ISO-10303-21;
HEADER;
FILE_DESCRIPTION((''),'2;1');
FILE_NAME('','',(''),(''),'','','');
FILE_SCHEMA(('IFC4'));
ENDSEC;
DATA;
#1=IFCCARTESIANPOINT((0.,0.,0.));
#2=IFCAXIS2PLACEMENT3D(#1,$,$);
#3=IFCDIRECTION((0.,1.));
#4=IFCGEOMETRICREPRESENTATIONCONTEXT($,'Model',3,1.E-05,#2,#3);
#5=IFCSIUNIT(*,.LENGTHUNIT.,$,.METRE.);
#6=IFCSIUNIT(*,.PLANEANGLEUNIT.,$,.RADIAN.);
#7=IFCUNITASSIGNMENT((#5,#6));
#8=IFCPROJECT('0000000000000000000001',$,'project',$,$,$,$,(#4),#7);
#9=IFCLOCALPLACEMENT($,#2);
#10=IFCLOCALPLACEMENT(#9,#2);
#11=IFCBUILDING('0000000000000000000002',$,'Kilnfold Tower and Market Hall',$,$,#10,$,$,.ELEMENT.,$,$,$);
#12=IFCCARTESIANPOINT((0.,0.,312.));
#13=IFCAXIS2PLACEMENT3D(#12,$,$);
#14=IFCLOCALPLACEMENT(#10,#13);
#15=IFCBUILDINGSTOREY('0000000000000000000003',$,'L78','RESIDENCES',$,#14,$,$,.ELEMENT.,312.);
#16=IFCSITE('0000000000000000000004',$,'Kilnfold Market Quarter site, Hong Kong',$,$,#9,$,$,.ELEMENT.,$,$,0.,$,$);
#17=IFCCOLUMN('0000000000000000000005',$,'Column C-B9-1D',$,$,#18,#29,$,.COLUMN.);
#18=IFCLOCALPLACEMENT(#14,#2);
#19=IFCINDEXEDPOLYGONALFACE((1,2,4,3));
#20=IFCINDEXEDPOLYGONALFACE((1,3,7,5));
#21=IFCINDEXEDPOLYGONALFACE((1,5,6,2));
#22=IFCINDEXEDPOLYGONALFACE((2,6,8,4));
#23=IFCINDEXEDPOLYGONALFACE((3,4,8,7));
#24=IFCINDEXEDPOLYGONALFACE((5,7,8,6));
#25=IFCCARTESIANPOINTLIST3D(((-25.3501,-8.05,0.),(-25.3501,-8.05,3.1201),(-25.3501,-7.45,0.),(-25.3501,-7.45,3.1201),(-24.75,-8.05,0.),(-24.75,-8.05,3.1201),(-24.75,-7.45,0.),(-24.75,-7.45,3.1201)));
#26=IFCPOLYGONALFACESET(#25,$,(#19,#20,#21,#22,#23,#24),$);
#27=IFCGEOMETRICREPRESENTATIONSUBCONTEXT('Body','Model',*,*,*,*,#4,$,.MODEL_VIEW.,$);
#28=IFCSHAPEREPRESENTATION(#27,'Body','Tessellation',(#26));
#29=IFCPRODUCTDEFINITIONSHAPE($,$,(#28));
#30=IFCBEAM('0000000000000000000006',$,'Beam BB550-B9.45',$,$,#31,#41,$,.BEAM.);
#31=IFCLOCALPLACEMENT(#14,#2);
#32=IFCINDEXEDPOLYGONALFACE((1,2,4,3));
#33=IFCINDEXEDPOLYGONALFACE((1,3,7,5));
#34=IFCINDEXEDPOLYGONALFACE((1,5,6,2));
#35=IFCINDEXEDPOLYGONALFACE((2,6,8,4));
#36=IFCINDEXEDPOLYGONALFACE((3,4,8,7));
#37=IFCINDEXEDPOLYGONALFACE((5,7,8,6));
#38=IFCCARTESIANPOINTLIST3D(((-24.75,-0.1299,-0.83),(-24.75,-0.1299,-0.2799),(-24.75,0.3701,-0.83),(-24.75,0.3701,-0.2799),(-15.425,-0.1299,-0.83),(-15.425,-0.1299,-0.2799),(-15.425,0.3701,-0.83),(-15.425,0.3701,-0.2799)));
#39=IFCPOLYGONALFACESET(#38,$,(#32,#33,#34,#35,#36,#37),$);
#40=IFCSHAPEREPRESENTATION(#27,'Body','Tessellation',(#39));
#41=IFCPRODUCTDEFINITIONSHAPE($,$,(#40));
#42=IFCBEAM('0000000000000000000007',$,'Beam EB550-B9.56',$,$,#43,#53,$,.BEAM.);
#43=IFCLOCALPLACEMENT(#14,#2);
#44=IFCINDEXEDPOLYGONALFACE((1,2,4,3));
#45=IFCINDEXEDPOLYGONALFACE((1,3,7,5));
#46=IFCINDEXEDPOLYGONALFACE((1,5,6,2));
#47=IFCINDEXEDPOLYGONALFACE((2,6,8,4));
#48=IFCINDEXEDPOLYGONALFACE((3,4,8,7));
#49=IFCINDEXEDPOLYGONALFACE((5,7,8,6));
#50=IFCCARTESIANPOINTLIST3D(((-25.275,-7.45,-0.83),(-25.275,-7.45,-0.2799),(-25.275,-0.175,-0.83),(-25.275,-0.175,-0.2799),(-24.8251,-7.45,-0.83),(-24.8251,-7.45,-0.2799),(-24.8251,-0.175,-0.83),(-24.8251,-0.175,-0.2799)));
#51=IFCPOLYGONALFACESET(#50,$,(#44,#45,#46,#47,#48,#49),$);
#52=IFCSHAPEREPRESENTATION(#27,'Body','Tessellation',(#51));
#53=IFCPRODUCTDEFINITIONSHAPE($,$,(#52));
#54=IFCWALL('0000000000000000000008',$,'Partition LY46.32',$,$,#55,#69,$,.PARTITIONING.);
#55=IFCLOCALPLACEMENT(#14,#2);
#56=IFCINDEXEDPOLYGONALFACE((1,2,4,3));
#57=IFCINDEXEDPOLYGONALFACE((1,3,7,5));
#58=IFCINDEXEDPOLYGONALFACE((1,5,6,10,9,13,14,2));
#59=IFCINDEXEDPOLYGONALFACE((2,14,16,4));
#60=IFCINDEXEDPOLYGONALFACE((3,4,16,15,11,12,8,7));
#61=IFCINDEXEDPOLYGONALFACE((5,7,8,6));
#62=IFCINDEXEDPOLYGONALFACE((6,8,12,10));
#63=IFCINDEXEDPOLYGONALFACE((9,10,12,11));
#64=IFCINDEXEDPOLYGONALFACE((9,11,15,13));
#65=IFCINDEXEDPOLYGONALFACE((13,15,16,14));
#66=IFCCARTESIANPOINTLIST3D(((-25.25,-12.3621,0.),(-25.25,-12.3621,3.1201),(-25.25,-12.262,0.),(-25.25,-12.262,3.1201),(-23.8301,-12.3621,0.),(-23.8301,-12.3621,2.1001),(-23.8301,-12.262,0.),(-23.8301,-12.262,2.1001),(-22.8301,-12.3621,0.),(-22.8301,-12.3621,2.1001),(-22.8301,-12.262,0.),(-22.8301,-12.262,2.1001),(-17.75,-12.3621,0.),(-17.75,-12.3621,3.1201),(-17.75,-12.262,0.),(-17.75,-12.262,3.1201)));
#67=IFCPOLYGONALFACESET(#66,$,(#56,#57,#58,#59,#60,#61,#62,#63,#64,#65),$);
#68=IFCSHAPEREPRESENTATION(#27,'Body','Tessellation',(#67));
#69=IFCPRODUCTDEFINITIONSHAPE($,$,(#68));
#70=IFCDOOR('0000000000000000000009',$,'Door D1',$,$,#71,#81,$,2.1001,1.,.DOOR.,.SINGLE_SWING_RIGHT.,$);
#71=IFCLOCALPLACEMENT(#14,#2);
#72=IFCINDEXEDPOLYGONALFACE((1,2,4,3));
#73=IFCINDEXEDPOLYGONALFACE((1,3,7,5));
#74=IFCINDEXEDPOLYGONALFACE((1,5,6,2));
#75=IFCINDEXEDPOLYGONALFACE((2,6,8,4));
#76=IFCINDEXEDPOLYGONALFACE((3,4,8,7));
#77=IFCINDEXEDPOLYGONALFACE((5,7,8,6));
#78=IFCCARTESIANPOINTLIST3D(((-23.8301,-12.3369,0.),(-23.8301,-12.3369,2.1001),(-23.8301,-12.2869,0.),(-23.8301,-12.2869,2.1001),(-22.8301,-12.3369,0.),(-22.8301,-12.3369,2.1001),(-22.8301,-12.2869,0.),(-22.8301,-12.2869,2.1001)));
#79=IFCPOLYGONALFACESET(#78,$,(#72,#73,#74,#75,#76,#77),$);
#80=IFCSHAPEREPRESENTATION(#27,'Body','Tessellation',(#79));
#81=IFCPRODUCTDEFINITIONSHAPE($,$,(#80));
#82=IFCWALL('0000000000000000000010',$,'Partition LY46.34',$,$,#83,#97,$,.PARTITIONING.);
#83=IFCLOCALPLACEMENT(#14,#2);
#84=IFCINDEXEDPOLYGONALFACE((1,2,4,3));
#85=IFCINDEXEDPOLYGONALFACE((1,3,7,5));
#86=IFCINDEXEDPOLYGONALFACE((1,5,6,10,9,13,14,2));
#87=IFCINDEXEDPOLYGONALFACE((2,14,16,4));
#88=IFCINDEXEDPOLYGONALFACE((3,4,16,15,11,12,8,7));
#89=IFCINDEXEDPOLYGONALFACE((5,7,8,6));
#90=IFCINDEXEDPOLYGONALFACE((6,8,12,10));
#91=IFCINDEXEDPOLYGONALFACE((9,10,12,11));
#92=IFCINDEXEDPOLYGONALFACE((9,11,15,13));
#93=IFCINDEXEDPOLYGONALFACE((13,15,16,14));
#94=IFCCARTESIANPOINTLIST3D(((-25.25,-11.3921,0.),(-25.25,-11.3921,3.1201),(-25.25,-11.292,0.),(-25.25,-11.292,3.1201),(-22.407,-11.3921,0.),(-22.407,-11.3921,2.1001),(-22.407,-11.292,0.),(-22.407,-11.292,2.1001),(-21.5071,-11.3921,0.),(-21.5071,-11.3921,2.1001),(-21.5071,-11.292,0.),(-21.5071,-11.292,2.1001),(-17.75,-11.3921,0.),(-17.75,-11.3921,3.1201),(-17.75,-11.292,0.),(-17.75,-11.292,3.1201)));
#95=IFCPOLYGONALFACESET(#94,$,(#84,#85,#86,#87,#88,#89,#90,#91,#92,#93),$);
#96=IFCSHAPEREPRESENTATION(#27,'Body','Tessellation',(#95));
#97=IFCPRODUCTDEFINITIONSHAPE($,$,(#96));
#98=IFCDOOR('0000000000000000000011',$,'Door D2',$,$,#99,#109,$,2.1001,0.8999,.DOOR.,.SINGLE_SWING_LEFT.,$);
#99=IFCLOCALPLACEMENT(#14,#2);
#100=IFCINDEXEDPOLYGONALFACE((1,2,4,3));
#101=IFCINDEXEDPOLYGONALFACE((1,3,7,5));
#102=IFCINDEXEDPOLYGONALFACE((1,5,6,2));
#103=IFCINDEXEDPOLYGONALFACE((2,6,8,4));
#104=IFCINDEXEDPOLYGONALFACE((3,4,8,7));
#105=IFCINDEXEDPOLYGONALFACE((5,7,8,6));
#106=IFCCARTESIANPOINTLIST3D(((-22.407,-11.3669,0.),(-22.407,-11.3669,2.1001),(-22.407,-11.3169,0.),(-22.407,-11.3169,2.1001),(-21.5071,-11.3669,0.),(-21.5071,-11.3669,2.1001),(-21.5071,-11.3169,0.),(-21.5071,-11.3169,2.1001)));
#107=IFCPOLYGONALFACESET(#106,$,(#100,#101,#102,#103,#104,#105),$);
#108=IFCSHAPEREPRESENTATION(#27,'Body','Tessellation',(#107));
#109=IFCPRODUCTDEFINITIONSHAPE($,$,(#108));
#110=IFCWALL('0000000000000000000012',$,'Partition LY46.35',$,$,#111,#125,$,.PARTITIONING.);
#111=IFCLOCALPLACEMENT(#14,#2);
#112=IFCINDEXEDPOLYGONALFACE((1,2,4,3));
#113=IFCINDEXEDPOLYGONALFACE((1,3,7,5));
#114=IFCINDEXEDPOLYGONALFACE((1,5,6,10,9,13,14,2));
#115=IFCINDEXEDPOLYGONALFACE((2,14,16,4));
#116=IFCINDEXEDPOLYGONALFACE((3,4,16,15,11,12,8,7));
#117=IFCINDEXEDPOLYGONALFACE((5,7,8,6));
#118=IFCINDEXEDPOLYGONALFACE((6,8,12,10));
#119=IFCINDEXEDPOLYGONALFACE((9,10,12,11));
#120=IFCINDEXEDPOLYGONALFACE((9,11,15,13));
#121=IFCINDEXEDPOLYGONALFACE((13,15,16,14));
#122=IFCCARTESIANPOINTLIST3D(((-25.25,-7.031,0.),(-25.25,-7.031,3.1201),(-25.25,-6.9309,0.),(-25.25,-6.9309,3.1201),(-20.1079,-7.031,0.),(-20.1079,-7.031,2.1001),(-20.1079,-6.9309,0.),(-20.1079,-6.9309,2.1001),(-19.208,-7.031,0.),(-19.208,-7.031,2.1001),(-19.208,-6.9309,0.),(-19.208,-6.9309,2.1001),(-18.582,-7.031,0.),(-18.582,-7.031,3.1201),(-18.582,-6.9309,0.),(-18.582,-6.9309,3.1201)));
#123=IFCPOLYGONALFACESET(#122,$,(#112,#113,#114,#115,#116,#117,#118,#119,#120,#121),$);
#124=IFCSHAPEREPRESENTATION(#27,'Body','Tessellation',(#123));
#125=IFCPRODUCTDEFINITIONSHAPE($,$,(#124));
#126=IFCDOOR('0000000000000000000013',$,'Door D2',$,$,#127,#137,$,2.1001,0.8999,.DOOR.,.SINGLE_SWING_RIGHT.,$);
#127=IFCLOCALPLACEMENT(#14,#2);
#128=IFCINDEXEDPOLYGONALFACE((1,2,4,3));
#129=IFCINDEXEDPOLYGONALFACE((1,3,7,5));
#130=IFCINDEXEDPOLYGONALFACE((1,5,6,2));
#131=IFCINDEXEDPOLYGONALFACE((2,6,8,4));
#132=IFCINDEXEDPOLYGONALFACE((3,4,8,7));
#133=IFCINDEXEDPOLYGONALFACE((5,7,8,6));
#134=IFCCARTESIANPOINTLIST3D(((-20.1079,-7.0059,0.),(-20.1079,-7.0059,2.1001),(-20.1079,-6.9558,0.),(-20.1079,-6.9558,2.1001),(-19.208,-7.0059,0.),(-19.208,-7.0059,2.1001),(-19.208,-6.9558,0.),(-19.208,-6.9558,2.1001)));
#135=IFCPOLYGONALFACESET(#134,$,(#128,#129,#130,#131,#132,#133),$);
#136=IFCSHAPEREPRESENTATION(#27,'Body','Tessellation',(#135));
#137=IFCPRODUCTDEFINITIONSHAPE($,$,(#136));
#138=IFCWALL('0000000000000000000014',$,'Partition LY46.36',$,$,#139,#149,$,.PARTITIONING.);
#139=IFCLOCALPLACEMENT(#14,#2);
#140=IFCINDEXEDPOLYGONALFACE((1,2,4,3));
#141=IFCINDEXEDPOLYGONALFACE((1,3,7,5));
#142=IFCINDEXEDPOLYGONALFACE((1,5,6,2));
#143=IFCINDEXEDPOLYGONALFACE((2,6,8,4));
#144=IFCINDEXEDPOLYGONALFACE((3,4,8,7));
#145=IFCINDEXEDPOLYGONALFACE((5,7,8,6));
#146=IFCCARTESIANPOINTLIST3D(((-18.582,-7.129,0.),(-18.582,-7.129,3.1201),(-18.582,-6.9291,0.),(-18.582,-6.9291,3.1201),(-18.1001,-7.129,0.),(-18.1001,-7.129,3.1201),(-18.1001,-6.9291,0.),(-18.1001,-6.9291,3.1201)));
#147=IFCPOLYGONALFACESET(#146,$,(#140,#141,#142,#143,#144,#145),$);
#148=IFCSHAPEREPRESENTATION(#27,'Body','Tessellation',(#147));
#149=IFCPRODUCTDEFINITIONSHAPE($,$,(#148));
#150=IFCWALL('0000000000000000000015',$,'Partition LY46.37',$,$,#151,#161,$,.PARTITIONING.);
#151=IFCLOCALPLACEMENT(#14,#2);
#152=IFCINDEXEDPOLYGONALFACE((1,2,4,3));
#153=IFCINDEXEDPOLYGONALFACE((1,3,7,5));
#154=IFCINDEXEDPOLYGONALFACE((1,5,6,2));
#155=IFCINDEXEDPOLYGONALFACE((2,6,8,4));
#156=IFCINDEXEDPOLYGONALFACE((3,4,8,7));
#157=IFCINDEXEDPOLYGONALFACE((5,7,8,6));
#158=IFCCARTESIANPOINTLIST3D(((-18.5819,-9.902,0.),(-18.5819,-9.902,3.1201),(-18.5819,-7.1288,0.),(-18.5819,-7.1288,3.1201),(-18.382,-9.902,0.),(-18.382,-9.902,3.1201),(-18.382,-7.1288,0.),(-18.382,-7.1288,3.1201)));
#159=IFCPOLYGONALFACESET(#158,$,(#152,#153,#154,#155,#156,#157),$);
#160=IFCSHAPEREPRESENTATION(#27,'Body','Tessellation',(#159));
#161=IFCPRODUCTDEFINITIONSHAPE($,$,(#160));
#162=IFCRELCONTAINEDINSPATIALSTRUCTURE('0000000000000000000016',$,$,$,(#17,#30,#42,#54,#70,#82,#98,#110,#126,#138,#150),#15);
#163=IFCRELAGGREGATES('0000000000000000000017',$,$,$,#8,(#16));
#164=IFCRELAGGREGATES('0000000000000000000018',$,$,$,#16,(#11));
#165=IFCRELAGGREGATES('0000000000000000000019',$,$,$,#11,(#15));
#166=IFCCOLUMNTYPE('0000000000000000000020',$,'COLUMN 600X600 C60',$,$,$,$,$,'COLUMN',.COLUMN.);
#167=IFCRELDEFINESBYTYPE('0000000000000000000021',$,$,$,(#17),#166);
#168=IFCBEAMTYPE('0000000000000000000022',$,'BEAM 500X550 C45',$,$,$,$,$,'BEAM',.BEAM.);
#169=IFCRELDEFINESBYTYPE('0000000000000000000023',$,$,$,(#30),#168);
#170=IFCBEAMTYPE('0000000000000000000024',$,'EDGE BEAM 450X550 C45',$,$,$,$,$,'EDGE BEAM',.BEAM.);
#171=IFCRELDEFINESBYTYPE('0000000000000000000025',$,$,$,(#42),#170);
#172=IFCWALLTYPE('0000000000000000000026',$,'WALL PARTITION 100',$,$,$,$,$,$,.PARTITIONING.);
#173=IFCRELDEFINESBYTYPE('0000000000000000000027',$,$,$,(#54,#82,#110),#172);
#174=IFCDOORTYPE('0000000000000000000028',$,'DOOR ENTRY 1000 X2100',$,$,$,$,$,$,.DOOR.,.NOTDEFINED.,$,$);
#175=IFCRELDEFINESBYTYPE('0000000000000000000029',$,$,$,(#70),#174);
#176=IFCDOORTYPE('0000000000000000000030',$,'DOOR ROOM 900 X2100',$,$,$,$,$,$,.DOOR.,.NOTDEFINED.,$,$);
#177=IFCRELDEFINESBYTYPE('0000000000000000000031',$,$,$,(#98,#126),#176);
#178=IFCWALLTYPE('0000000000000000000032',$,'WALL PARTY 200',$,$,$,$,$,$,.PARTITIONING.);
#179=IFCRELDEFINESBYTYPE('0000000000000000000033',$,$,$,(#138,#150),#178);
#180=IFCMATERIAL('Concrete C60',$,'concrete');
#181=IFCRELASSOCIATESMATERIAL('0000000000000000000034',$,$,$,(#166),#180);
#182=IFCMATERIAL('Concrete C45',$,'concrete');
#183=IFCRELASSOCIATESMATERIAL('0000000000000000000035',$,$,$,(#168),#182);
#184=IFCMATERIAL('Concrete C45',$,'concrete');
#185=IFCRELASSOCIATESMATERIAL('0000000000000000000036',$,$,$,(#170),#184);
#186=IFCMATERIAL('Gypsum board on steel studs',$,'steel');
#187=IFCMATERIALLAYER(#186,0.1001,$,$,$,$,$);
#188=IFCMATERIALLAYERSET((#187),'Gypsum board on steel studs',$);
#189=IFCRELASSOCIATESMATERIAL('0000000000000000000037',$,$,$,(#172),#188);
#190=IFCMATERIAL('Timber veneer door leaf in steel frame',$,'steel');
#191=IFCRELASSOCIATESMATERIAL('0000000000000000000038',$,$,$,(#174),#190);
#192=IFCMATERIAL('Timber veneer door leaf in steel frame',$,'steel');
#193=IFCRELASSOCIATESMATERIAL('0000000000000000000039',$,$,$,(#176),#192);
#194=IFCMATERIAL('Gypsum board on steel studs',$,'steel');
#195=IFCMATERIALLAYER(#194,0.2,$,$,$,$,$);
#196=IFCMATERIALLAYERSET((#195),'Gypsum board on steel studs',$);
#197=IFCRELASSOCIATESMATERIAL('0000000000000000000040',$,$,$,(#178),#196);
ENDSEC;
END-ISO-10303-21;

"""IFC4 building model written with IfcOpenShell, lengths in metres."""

from ifc_helpers import new_model, si_unit, direction, frame, frame_2d, origin, origin_2d, place, context, subcontext, project, spatial, rectangle, extrude, source, transform, mapped, material, layer, layer_set, material_profile, profile_set, type_object, element, fill, save


model = new_model("IFC4")

# Units and contexts
model_context = context("Model", 3, precision=1e-05, world=origin(), true_north=direction((0.0, 1.0)))
body_context = subcontext(model_context, "Body", "Model", "MODEL_VIEW")
ifc_project = project(units=[si_unit("LENGTHUNIT", "METRE"), si_unit("PLANEANGLEUNIT", "RADIAN")], contexts=[model_context])

# Site, building, storey
site_placement = place(None, origin())
site = spatial("IfcSite", under=ifc_project, at=site_placement, Name="Kilnfold Market Quarter site, Hong Kong", CompositionType="ELEMENT", RefElevation=0.0)
building_placement = place(site_placement, origin())
building = spatial("IfcBuilding", under=site, at=building_placement, Name="Kilnfold Tower and Market Hall", CompositionType="ELEMENT")
storey_placement = place(building_placement, frame((0.0, 0.0, 312.0)))
storey = spatial("IfcBuildingStorey", under=building, at=storey_placement, Name="L78", Description="RESIDENCES", CompositionType="ELEMENT", Elevation=312.0)

# Column
ifc_material_1 = material(Name="Concrete C60", Category="concrete")
ifc_material_profile_1 = material_profile(ifc_material_1, rectangle(XDim=0.6001, YDim=0.6001, at=origin_2d()), Name="RC 600x600")
ifc_profile_set_1 = profile_set([ifc_material_profile_1], Name="Concrete C60")
column_type = type_object("IfcColumnType", Name="COLUMN 600X600 C60", ElementType="COLUMN", PredefinedType="COLUMN", material=ifc_profile_set_1)
shared_shape_1 = source(origin(), body_context, "Body", "SweptSolid", [
    extrude(rectangle(XDim=0.6001, YDim=0.6001, at=origin_2d()), origin(), (0.0, 0.0, 1.0), 3.1201),
])
column_placement = place(storey_placement, frame((-25.05, -7.75, 0.0), z_axis=(0.0, 0.0, 1.0), x_axis=(1.0, 0.0, 0.0)))
element("IfcColumn", 1, at=column_placement, inside=storey, type_object=column_type, Name="Column C-B9-1D", PredefinedType="COLUMN", context=body_context, shape_type="MappedRepresentation", body=[
    mapped(shared_shape_1, transform((0.0, 0.0, 0.0))),
])

# Beams
ifc_material_2 = material(Name="Concrete C45", Category="concrete")
ifc_material_profile_2 = material_profile(ifc_material_2, rectangle(XDim=0.5, YDim=0.55, at=origin_2d()), Name="RC 500x550")
ifc_profile_set_2 = profile_set([ifc_material_profile_2], Name="Concrete C45")
beam_type_1 = type_object("IfcBeamType", Name="BEAM 500X550 C45", ElementType="BEAM", PredefinedType="BEAM", material=ifc_profile_set_2)
shared_shape_2 = source(origin(), body_context, "Body", "SweptSolid", [
    extrude(rectangle(XDim=0.5, YDim=0.55, at=origin_2d()), origin(), (0.0, 0.0, 1.0), 9.325),
])
beam_1_placement = place(storey_placement, frame((-24.75, 0.1201, -0.5549), z_axis=(1.0, 0.0, 0.0), x_axis=(0.0, 1.0, 0.0)))
element("IfcBeam", 2, at=beam_1_placement, inside=storey, type_object=beam_type_1, Name="Beam BB550-B9.45", PredefinedType="BEAM", context=body_context, shape_type="MappedRepresentation", body=[
    mapped(shared_shape_2, transform((0.0, 0.0, 0.0))),
])
ifc_material_3 = material(Name="Concrete C45", Category="concrete")
ifc_material_profile_3 = material_profile(ifc_material_3, rectangle(XDim=0.45, YDim=0.55, at=origin_2d()), Name="RC 450x550")
ifc_profile_set_3 = profile_set([ifc_material_profile_3], Name="Concrete C45")
beam_type_2 = type_object("IfcBeamType", Name="EDGE BEAM 450X550 C45", ElementType="EDGE BEAM", PredefinedType="BEAM", material=ifc_profile_set_3)
shared_shape_3 = source(origin(), body_context, "Body", "SweptSolid", [
    extrude(rectangle(XDim=0.45, YDim=0.55, at=origin_2d()), origin(), (0.0, 0.0, 1.0), 7.2749),
])
beam_2_placement = place(storey_placement, frame((-25.05, -7.45, -0.5549), z_axis=(0.0, 1.0, 0.0), x_axis=(-1.0, 0.0, 0.0)))
element("IfcBeam", 3, at=beam_2_placement, inside=storey, type_object=beam_type_2, Name="Beam EB550-B9.56", PredefinedType="BEAM", context=body_context, shape_type="MappedRepresentation", body=[
    mapped(shared_shape_3, transform((0.0, 0.0, 0.0))),
])

# Walls, openings, doors
ifc_material_4 = material(Name="Gypsum board on steel studs", Category="steel")
ifc_layer_1 = layer(ifc_material_4, 0.1001)
ifc_layer_set_1 = layer_set([ifc_layer_1], Name="Gypsum board on steel studs")
wall_type_1 = type_object("IfcWallType", Name="WALL PARTITION 100", PredefinedType="PARTITIONING", material=ifc_layer_set_1)
wall_1_placement = place(storey_placement, frame((-17.75, -12.312, 0.0), z_axis=(0.0, 0.0, 1.0), x_axis=(-1.0, 0.0, 0.0)))
wall_1 = element("IfcWall", 4, at=wall_1_placement, inside=storey, type_object=wall_type_1, Name="Partition LY46.32", PredefinedType="PARTITIONING", context=body_context, shape_type="SweptSolid", body=[
    extrude(rectangle(XDim=7.5, YDim=0.1001, at=frame_2d((3.75, 0.0))), origin(), (0.0, 0.0, 1.0), 3.1201),
])
opening_1_placement = place(wall_1_placement, frame((5.0801, 0.0, 0.0)))
opening_1 = element("IfcOpeningElement", 5, at=opening_1_placement, cuts=wall_1, PredefinedType="OPENING", context=body_context, shape_type="SweptSolid", body=[
    extrude(rectangle(XDim=1.0, YDim=2.1001, at=frame_2d((0.5, 1.05))), frame((0.0, 0.0601, 0.0), z_axis=(0.0, -1.0, 0.0), x_axis=(1.0, 0.0, 0.0)), (0.0, 0.0, 1.0), 0.1201),
])
ifc_material_5 = material(Name="Timber veneer door leaf in steel frame", Category="steel")
door_type_1 = type_object("IfcDoorType", Name="DOOR ENTRY 1000 X2100", OperationType="NOTDEFINED", PredefinedType="DOOR", material=ifc_material_5)
door_1_placement = place(opening_1_placement, origin())
door_1 = element("IfcDoor", 6, at=door_1_placement, inside=storey, type_object=door_type_1, Name="Door D1", OperationType="SINGLE_SWING_RIGHT", OverallHeight=2.1001, OverallWidth=1.0, PredefinedType="DOOR", context=body_context, shape_type="SweptSolid", body=[
    extrude(rectangle(XDim=1.0, YDim=2.1001, at=frame_2d((0.5, 1.05))), frame((0.0, 0.0249, 0.0), z_axis=(0.0, -1.0, 0.0), x_axis=(1.0, 0.0, 0.0)), (0.0, 0.0, 1.0), 0.05),
])
fill(opening_1, door_1)
wall_2_placement = place(storey_placement, frame((-17.75, -11.342, 0.0), z_axis=(0.0, 0.0, 1.0), x_axis=(-1.0, 0.0, 0.0)))
wall_2 = element("IfcWall", 7, at=wall_2_placement, inside=storey, type_object=wall_type_1, Name="Partition LY46.34", PredefinedType="PARTITIONING", context=body_context, shape_type="SweptSolid", body=[
    extrude(rectangle(XDim=7.5, YDim=0.1001, at=frame_2d((3.75, 0.0))), origin(), (0.0, 0.0, 1.0), 3.1201),
])
opening_2_placement = place(wall_2_placement, frame((3.7571, 0.0, 0.0)))
opening_2 = element("IfcOpeningElement", 8, at=opening_2_placement, cuts=wall_2, PredefinedType="OPENING", context=body_context, shape_type="SweptSolid", body=[
    extrude(rectangle(XDim=0.8999, YDim=2.1001, at=frame_2d((0.45, 1.05))), frame((0.0, 0.0601, 0.0), z_axis=(0.0, -1.0, 0.0), x_axis=(1.0, 0.0, 0.0)), (0.0, 0.0, 1.0), 0.1201),
])
ifc_material_6 = material(Name="Timber veneer door leaf in steel frame", Category="steel")
door_type_2 = type_object("IfcDoorType", Name="DOOR ROOM 900 X2100", OperationType="NOTDEFINED", PredefinedType="DOOR", material=ifc_material_6)
door_2_placement = place(opening_2_placement, origin())
door_2 = element("IfcDoor", 9, at=door_2_placement, inside=storey, type_object=door_type_2, Name="Door D2", OperationType="SINGLE_SWING_LEFT", OverallHeight=2.1001, OverallWidth=0.8999, PredefinedType="DOOR", context=body_context, shape_type="SweptSolid", body=[
    extrude(rectangle(XDim=0.8999, YDim=2.1001, at=frame_2d((0.45, 1.05))), frame((0.0, 0.0249, 0.0), z_axis=(0.0, -1.0, 0.0), x_axis=(1.0, 0.0, 0.0)), (0.0, 0.0, 1.0), 0.05),
])
fill(opening_2, door_2)
wall_3_placement = place(storey_placement, frame((-18.582, -6.981, 0.0), z_axis=(0.0, 0.0, 1.0), x_axis=(-1.0, 0.0, 0.0)))
wall_3 = element("IfcWall", 10, at=wall_3_placement, inside=storey, type_object=wall_type_1, Name="Partition LY46.35", PredefinedType="PARTITIONING", context=body_context, shape_type="SweptSolid", body=[
    extrude(rectangle(XDim=6.668, YDim=0.1001, at=frame_2d((3.334, 0.0))), origin(), (0.0, 0.0, 1.0), 3.1201),
])
opening_3_placement = place(wall_3_placement, frame((0.626, 0.0, 0.0)))
opening_3 = element("IfcOpeningElement", 11, at=opening_3_placement, cuts=wall_3, PredefinedType="OPENING", context=body_context, shape_type="SweptSolid", body=[
    extrude(rectangle(XDim=0.8999, YDim=2.1001, at=frame_2d((0.45, 1.05))), frame((0.0, 0.0601, 0.0), z_axis=(0.0, -1.0, 0.0), x_axis=(1.0, 0.0, 0.0)), (0.0, 0.0, 1.0), 0.1201),
])
door_3_placement = place(opening_3_placement, origin())
door_3 = element("IfcDoor", 12, at=door_3_placement, inside=storey, type_object=door_type_2, Name="Door D2", OperationType="SINGLE_SWING_RIGHT", OverallHeight=2.1001, OverallWidth=0.8999, PredefinedType="DOOR", context=body_context, shape_type="SweptSolid", body=[
    extrude(rectangle(XDim=0.8999, YDim=2.1001, at=frame_2d((0.45, 1.05))), frame((0.0, 0.0249, 0.0), z_axis=(0.0, -1.0, 0.0), x_axis=(1.0, 0.0, 0.0)), (0.0, 0.0, 1.0), 0.05),
])
fill(opening_3, door_3)

# Walls
ifc_material_7 = material(Name="Gypsum board on steel studs", Category="steel")
ifc_layer_2 = layer(ifc_material_7, 0.2)
ifc_layer_set_2 = layer_set([ifc_layer_2], Name="Gypsum board on steel studs")
wall_type_2 = type_object("IfcWallType", Name="WALL PARTY 200", PredefinedType="PARTITIONING", material=ifc_layer_set_2)
wall_4_placement = place(storey_placement, frame((-18.582, -7.0291, 0.0), z_axis=(0.0, 0.0, 1.0), x_axis=(1.0, 0.0, 0.0)))
element("IfcWall", 13, at=wall_4_placement, inside=storey, type_object=wall_type_2, Name="Partition LY46.36", PredefinedType="PARTITIONING", context=body_context, shape_type="SweptSolid", body=[
    extrude(rectangle(XDim=0.4819, YDim=0.2, at=frame_2d((0.241, 0.0))), origin(), (0.0, 0.0, 1.0), 3.1201),
])
wall_5_placement = place(storey_placement, frame((-18.4819, -9.9021, 0.0), z_axis=(0.0, 0.0, 1.0), x_axis=(0.0, 1.0, 0.0)))
element("IfcWall", 14, at=wall_5_placement, inside=storey, type_object=wall_type_2, Name="Partition LY46.37", PredefinedType="PARTITIONING", context=body_context, shape_type="SweptSolid", body=[
    extrude(rectangle(XDim=2.7732, YDim=0.2, at=frame_2d((1.3867, 0.0))), origin(), (0.0, 0.0, 1.0), 3.1201),
])

save(model, "model.ifc")
